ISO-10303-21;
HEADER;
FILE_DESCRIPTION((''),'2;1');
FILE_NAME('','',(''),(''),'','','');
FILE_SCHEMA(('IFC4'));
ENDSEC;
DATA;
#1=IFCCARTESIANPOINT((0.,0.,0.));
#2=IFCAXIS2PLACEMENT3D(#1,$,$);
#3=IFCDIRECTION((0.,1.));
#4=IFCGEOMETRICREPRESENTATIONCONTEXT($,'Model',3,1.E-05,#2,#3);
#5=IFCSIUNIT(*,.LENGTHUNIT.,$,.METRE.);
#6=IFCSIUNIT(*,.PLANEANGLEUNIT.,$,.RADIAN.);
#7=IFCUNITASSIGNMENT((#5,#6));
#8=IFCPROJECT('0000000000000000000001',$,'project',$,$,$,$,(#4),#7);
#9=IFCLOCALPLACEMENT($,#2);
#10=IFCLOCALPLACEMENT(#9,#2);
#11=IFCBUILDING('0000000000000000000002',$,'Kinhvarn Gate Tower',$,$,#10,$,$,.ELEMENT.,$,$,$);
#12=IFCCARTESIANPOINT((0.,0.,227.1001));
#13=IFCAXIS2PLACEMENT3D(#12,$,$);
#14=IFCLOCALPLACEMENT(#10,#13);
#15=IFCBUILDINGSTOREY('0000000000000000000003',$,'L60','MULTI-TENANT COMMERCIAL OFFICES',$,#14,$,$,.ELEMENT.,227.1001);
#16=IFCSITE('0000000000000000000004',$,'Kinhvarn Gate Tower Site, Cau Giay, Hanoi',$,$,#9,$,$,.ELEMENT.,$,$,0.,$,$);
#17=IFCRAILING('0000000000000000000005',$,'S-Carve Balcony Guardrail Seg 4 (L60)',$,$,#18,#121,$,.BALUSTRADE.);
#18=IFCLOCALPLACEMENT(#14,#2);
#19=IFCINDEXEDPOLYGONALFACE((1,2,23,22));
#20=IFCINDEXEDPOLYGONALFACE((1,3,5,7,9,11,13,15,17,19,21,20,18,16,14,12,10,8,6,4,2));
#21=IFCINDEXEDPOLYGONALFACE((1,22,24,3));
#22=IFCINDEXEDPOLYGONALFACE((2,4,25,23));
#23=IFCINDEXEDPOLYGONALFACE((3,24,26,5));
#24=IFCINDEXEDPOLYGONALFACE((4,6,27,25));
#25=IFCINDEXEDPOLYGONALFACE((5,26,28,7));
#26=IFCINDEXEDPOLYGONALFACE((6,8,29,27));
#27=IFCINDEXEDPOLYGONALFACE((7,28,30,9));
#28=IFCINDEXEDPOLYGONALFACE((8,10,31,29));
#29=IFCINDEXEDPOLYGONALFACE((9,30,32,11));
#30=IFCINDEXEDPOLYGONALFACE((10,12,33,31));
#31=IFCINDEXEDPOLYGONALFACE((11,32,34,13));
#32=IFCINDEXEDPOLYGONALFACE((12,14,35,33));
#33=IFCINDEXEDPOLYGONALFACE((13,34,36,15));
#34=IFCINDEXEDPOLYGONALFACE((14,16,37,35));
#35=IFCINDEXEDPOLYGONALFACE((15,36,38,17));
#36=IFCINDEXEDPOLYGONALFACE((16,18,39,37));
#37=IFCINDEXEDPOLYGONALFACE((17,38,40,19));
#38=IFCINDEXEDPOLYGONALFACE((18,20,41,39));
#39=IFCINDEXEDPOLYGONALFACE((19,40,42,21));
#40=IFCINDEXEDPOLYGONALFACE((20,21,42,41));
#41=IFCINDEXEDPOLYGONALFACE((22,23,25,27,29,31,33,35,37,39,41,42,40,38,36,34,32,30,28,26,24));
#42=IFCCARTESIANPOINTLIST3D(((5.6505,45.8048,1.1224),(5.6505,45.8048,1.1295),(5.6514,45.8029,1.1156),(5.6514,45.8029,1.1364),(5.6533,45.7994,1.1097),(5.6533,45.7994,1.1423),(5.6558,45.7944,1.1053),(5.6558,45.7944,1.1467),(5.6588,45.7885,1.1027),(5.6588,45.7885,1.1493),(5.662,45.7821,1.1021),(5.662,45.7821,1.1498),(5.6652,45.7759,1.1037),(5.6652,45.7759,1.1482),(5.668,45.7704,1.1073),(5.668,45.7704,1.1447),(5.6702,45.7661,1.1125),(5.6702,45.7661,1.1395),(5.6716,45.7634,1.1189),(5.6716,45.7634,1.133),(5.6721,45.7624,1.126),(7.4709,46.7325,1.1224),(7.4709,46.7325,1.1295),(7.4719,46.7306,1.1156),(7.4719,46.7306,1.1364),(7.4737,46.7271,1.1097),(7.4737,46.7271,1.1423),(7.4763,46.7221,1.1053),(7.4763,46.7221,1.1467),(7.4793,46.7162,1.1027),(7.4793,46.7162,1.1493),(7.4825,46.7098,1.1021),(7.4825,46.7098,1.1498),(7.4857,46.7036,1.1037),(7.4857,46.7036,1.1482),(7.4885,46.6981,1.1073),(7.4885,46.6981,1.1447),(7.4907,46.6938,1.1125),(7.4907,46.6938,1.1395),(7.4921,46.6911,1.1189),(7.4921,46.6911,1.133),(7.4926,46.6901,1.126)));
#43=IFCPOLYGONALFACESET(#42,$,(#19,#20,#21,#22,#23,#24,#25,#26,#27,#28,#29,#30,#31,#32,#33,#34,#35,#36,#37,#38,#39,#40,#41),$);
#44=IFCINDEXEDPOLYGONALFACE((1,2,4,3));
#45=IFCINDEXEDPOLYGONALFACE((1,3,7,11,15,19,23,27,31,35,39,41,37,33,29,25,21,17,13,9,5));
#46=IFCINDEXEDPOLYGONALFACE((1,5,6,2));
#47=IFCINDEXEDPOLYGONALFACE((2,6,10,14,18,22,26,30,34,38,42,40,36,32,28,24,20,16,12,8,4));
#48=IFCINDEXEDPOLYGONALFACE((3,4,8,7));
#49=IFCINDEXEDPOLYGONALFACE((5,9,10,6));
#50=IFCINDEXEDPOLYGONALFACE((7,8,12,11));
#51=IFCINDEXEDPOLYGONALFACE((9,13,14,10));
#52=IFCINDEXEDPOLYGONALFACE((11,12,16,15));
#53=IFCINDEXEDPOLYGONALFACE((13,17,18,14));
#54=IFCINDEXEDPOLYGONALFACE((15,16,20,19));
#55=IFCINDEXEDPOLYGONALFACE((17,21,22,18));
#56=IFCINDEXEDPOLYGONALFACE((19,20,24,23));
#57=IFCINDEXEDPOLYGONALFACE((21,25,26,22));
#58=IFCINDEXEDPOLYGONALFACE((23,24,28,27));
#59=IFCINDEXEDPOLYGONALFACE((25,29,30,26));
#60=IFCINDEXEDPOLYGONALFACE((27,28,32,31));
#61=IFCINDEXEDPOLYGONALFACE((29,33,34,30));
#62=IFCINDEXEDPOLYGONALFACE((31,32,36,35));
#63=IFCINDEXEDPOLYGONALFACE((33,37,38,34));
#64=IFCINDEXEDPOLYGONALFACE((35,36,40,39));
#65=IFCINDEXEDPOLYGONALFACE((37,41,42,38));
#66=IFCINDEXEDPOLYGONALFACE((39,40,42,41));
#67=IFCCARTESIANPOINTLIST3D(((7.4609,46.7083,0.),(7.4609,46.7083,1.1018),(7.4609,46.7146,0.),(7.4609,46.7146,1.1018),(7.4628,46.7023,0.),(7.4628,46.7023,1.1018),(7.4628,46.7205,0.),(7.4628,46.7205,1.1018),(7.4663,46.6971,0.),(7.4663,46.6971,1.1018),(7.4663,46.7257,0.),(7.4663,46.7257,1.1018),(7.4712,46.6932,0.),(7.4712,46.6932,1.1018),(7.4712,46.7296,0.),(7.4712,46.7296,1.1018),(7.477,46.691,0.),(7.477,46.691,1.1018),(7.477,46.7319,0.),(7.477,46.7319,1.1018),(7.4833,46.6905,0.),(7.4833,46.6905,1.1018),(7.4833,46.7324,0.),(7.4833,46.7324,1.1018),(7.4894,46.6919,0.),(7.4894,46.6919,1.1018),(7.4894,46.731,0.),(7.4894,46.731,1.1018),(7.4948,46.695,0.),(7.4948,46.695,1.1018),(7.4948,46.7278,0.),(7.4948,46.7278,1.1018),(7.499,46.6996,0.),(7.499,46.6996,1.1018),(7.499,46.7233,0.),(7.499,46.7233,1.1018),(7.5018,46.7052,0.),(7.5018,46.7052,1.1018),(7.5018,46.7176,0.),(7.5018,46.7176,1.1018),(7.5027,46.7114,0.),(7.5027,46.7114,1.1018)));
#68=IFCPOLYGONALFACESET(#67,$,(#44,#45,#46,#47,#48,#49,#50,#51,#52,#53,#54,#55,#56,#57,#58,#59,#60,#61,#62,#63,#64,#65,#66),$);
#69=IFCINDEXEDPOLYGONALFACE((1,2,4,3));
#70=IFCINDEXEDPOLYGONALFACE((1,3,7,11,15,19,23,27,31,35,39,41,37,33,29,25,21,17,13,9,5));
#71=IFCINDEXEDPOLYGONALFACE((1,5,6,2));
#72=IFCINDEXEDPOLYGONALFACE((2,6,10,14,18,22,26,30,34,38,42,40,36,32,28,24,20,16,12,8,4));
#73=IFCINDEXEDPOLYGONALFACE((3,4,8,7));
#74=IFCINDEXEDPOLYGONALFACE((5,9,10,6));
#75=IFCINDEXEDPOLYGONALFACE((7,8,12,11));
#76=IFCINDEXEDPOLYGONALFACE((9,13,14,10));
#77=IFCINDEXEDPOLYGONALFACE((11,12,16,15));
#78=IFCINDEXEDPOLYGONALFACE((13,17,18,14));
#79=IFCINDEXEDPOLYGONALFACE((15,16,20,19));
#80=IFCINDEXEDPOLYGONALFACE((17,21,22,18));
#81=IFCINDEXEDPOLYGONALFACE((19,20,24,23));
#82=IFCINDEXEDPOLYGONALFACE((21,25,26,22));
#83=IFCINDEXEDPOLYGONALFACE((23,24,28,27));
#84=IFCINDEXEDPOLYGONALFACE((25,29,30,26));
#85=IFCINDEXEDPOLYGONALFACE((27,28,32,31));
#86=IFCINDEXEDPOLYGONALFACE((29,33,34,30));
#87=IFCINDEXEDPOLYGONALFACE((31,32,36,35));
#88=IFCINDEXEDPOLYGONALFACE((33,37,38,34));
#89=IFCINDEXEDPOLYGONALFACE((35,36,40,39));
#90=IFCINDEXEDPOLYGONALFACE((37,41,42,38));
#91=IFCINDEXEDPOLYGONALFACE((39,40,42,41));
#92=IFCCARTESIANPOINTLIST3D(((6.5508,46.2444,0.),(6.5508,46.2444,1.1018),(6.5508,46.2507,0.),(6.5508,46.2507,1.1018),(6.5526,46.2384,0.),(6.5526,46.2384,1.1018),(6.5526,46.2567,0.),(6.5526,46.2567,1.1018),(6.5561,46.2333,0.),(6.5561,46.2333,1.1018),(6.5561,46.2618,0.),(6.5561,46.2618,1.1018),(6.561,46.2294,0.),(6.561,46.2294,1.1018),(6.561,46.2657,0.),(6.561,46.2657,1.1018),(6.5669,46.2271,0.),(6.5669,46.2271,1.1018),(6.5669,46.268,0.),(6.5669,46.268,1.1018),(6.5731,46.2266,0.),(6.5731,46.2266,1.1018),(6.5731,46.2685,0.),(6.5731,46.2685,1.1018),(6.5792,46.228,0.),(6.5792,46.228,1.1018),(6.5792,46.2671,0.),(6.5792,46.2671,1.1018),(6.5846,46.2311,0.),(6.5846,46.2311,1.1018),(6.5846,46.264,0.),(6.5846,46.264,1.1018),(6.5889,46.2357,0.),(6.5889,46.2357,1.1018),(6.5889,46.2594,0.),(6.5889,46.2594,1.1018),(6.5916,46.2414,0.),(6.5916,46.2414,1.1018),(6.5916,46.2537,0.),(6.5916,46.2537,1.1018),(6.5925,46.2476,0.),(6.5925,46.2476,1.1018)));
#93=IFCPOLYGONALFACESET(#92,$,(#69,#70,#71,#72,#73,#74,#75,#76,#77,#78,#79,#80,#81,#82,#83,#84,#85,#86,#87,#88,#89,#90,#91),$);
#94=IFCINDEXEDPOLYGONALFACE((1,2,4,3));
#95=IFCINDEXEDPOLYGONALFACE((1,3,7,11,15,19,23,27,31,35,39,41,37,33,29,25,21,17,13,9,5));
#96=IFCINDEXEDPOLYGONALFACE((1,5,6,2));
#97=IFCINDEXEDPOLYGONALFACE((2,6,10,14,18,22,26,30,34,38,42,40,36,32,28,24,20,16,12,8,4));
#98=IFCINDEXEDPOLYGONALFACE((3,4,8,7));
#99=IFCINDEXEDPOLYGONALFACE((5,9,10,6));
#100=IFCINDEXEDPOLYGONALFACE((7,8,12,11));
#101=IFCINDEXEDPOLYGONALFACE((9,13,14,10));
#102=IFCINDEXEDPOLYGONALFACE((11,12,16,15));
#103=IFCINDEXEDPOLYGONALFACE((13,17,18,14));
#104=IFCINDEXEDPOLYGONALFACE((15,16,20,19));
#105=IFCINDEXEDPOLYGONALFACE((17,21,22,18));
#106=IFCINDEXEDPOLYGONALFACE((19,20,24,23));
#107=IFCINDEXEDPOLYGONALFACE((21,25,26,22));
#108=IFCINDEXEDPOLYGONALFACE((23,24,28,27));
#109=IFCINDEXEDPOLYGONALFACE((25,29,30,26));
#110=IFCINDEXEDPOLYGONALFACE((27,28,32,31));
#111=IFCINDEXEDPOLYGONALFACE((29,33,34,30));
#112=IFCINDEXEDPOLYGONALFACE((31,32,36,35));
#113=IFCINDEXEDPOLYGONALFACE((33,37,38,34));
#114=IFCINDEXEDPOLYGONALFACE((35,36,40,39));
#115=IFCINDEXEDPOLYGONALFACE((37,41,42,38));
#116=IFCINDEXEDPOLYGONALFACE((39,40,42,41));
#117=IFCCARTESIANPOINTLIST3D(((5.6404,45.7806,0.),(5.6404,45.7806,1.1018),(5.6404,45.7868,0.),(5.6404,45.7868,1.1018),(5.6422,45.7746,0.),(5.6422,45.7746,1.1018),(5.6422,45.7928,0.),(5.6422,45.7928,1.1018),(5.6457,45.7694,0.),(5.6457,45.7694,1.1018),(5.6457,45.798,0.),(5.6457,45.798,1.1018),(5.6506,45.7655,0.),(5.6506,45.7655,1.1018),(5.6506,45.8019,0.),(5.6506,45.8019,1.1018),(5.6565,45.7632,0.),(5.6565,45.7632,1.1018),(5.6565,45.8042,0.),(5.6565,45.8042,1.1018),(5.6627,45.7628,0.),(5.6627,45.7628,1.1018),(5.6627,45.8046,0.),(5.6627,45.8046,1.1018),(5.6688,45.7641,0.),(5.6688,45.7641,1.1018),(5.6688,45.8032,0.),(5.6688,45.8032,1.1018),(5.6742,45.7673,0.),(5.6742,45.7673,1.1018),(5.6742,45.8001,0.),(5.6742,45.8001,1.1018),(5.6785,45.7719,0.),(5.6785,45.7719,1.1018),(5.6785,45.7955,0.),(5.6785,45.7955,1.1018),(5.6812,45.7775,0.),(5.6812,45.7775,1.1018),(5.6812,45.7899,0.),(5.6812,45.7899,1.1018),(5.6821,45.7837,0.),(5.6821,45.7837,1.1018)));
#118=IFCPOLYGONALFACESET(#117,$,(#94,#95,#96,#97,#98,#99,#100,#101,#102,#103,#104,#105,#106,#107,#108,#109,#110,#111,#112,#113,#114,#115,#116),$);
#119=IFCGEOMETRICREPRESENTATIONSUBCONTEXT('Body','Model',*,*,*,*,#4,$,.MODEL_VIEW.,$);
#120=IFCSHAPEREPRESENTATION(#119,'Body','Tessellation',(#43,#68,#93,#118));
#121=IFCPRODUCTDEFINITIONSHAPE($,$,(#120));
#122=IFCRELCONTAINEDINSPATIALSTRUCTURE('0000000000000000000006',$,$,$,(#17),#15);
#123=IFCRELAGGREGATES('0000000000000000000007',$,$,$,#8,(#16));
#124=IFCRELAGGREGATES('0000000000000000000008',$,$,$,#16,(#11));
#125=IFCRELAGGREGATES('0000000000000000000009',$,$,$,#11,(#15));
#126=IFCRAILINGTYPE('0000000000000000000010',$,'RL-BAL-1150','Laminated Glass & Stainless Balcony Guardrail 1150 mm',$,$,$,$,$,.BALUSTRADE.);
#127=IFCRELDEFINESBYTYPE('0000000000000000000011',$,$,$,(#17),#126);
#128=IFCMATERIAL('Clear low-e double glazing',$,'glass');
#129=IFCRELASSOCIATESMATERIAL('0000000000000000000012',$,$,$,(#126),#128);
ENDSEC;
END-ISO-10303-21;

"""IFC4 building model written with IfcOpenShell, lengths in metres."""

from ifc_helpers import new_model, si_unit, direction, frame, origin, origin_2d, place, context, subcontext, project, spatial, circle, extrude, material, type_object, element, save


model = new_model("IFC4")

# Units and contexts
model_context = context("Model", 3, precision=1e-05, world=origin(), true_north=direction((0.0, 1.0)))
body_context = subcontext(model_context, "Body", "Model", "MODEL_VIEW")
ifc_project = project(units=[si_unit("LENGTHUNIT", "METRE"), si_unit("PLANEANGLEUNIT", "RADIAN")], contexts=[model_context])

# Site, building, storey
site_placement = place(None, origin())
site = spatial("IfcSite", under=ifc_project, at=site_placement, Name="Kinhvarn Gate Tower Site, Cau Giay, Hanoi", CompositionType="ELEMENT", RefElevation=0.0)
building_placement = place(site_placement, origin())
building = spatial("IfcBuilding", under=site, at=building_placement, Name="Kinhvarn Gate Tower", CompositionType="ELEMENT")
storey_placement = place(building_placement, frame((0.0, 0.0, 227.1001)))
storey = spatial("IfcBuildingStorey", under=building, at=storey_placement, Name="L60", Description="MULTI-TENANT COMMERCIAL OFFICES", CompositionType="ELEMENT", Elevation=227.1001)

# Shared definitions
ifc_material_1 = material(Name="Clear low-e double glazing", Category="glass")

# Railing
railing_type = type_object("IfcRailingType", Name="RL-BAL-1150", Description="Laminated Glass & Stainless Balcony Guardrail 1150 mm", PredefinedType="BALUSTRADE", material=ifc_material_1)
railing_1_placement = place(storey_placement, frame((7.4817, 46.7114, 0.0)))
element("IfcRailing", 1, at=railing_1_placement, inside=storey, type_object=railing_type, Name="S-Carve Balcony Guardrail Seg 4 (L60)", PredefinedType="BALUSTRADE", context=body_context, shape_type="SweptSolid", body=[
    extrude(circle(Radius=0.0239, at=origin_2d()), frame((0.0, 0.0, 1.126), z_axis=(-0.890984, -0.454035, 0.0), x_axis=(0.454035, -0.890984, 0.0)), (0.0, 0.0, 1.0), 2.0432),
    extrude(circle(Radius=0.021, at=origin_2d()), origin(), (0.0, 0.0, 1.0), 1.1018),
    extrude(circle(Radius=0.021, at=origin_2d()), frame((-0.9102, -0.4639, 0.0)), (0.0, 0.0, 1.0), 1.1018),
    extrude(circle(Radius=0.021, at=origin_2d()), frame((-1.8206, -0.9277, 0.0)), (0.0, 0.0, 1.0), 1.1018),
])

save(model, "model.ifc")
